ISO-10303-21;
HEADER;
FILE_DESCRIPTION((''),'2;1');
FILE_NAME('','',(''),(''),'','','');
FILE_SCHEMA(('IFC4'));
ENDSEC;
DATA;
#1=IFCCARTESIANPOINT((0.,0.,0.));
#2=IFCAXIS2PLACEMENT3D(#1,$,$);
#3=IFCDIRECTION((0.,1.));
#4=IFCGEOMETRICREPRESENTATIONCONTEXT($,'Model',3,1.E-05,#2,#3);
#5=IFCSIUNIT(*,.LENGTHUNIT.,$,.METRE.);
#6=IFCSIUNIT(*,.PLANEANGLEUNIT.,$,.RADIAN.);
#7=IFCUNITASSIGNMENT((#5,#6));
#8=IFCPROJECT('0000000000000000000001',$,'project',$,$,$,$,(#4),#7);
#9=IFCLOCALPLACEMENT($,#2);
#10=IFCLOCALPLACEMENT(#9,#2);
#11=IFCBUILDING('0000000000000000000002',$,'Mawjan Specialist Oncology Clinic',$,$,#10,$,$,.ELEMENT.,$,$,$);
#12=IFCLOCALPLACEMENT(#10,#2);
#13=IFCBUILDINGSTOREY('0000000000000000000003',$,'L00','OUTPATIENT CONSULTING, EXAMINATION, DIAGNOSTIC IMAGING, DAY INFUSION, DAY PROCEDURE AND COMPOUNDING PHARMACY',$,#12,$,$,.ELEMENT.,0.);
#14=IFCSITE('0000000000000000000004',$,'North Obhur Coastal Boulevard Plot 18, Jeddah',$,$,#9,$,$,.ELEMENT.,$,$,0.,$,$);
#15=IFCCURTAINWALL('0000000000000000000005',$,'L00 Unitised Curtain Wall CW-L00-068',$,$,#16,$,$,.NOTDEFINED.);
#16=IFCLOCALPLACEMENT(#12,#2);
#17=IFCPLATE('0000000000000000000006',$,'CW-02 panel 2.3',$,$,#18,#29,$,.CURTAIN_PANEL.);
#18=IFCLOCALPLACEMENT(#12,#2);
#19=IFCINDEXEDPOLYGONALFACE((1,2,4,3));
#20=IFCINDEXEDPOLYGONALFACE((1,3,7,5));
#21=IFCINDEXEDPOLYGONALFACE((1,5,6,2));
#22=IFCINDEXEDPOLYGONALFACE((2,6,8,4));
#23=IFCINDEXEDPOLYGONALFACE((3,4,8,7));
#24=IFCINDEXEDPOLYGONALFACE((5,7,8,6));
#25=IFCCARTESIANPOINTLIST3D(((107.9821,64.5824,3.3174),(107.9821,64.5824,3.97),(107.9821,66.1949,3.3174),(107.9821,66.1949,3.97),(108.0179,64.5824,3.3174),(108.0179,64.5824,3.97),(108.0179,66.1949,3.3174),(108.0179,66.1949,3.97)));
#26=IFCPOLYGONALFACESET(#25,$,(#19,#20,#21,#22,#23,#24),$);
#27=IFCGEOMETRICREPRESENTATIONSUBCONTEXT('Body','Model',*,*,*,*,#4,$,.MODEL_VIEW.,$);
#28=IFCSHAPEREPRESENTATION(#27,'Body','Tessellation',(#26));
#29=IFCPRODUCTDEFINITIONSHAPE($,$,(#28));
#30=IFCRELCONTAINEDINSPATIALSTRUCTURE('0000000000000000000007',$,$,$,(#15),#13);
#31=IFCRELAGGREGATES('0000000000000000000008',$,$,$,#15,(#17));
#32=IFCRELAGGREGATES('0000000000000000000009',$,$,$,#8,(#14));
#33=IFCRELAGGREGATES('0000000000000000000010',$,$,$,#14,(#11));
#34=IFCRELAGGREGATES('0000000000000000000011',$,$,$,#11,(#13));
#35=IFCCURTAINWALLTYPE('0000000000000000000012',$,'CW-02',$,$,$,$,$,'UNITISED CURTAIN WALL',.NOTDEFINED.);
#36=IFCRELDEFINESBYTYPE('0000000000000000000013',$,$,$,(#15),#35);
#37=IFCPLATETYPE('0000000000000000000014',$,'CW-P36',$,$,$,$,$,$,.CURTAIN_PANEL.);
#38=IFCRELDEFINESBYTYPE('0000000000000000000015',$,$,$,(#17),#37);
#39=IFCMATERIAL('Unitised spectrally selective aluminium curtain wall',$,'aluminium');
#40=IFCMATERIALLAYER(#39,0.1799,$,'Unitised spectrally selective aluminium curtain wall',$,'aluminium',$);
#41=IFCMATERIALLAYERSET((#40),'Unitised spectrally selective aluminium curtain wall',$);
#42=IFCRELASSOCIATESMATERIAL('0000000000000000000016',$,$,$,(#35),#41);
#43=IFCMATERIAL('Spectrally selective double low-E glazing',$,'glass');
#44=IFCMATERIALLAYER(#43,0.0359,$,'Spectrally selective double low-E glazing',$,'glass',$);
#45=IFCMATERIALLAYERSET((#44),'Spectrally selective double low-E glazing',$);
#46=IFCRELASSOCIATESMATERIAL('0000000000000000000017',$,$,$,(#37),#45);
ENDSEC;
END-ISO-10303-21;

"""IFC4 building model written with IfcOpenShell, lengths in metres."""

from ifc_helpers import new_model, si_unit, direction, frame, origin, origin_2d, place, context, subcontext, project, spatial, rectangle, extrude, material, layer, layer_set, type_object, element, aggregate, save


model = new_model("IFC4")

# Units and contexts
model_context = context("Model", 3, precision=1e-05, world=origin(), true_north=direction((0.0, 1.0)))
body_context = subcontext(model_context, "Body", "Model", "MODEL_VIEW")
ifc_project = project(units=[si_unit("LENGTHUNIT", "METRE"), si_unit("PLANEANGLEUNIT", "RADIAN")], contexts=[model_context])

# Site, building, storey
site_placement = place(None, origin())
site = spatial("IfcSite", under=ifc_project, at=site_placement, Name="North Obhur Coastal Boulevard Plot 18, Jeddah", CompositionType="ELEMENT", RefElevation=0.0)
building_placement = place(site_placement, origin())
building = spatial("IfcBuilding", under=site, at=building_placement, Name="Mawjan Specialist Oncology Clinic", CompositionType="ELEMENT")
storey_placement = place(building_placement, origin())
storey = spatial("IfcBuildingStorey", under=building, at=storey_placement, Name="L00", Description="OUTPATIENT CONSULTING, EXAMINATION, DIAGNOSTIC IMAGING, DAY INFUSION, DAY PROCEDURE AND COMPOUNDING PHARMACY", CompositionType="ELEMENT", Elevation=0.0)

# Curtain wall, plate
ifc_material_1 = material(Name="Unitised spectrally selective aluminium curtain wall", Category="aluminium")
ifc_layer_1 = layer(ifc_material_1, 0.1799, Name="Unitised spectrally selective aluminium curtain wall", Category="aluminium")
ifc_layer_set_1 = layer_set([ifc_layer_1], Name="Unitised spectrally selective aluminium curtain wall")
curtain_wall_type = type_object("IfcCurtainWallType", Name="CW-02", ElementType="UNITISED CURTAIN WALL", PredefinedType="NOTDEFINED", material=ifc_layer_set_1)
curtain_wall_placement = place(storey_placement, origin())
curtain_wall = element("IfcCurtainWall", 1, at=curtain_wall_placement, inside=storey, type_object=curtain_wall_type, Name="L00 Unitised Curtain Wall CW-L00-068", PredefinedType="NOTDEFINED")
ifc_material_2 = material(Name="Spectrally selective double low-E glazing", Category="glass")
ifc_layer_2 = layer(ifc_material_2, 0.0359, Name="Spectrally selective double low-E glazing", Category="glass")
ifc_layer_set_2 = layer_set([ifc_layer_2], Name="Spectrally selective double low-E glazing")
plate_type = type_object("IfcPlateType", Name="CW-P36", PredefinedType="CURTAIN_PANEL", material=ifc_layer_set_2)
plate_1_placement = place(storey_placement, frame((108.0, 65.3887, 3.3174), z_axis=(0.0, 0.0, 1.0), x_axis=(0.0, -1.0, 0.0)))
plate_1 = element("IfcPlate", 2, at=plate_1_placement, type_object=plate_type, Name="CW-02 panel 2.3", PredefinedType="CURTAIN_PANEL", context=body_context, shape_type="SweptSolid", body=[
    extrude(rectangle(XDim=1.6125, YDim=0.0359, at=origin_2d()), origin(), (0.0, 0.0, 1.0), 0.6526),
])
aggregate(curtain_wall, [plate_1])

save(model, "model.ifc")
